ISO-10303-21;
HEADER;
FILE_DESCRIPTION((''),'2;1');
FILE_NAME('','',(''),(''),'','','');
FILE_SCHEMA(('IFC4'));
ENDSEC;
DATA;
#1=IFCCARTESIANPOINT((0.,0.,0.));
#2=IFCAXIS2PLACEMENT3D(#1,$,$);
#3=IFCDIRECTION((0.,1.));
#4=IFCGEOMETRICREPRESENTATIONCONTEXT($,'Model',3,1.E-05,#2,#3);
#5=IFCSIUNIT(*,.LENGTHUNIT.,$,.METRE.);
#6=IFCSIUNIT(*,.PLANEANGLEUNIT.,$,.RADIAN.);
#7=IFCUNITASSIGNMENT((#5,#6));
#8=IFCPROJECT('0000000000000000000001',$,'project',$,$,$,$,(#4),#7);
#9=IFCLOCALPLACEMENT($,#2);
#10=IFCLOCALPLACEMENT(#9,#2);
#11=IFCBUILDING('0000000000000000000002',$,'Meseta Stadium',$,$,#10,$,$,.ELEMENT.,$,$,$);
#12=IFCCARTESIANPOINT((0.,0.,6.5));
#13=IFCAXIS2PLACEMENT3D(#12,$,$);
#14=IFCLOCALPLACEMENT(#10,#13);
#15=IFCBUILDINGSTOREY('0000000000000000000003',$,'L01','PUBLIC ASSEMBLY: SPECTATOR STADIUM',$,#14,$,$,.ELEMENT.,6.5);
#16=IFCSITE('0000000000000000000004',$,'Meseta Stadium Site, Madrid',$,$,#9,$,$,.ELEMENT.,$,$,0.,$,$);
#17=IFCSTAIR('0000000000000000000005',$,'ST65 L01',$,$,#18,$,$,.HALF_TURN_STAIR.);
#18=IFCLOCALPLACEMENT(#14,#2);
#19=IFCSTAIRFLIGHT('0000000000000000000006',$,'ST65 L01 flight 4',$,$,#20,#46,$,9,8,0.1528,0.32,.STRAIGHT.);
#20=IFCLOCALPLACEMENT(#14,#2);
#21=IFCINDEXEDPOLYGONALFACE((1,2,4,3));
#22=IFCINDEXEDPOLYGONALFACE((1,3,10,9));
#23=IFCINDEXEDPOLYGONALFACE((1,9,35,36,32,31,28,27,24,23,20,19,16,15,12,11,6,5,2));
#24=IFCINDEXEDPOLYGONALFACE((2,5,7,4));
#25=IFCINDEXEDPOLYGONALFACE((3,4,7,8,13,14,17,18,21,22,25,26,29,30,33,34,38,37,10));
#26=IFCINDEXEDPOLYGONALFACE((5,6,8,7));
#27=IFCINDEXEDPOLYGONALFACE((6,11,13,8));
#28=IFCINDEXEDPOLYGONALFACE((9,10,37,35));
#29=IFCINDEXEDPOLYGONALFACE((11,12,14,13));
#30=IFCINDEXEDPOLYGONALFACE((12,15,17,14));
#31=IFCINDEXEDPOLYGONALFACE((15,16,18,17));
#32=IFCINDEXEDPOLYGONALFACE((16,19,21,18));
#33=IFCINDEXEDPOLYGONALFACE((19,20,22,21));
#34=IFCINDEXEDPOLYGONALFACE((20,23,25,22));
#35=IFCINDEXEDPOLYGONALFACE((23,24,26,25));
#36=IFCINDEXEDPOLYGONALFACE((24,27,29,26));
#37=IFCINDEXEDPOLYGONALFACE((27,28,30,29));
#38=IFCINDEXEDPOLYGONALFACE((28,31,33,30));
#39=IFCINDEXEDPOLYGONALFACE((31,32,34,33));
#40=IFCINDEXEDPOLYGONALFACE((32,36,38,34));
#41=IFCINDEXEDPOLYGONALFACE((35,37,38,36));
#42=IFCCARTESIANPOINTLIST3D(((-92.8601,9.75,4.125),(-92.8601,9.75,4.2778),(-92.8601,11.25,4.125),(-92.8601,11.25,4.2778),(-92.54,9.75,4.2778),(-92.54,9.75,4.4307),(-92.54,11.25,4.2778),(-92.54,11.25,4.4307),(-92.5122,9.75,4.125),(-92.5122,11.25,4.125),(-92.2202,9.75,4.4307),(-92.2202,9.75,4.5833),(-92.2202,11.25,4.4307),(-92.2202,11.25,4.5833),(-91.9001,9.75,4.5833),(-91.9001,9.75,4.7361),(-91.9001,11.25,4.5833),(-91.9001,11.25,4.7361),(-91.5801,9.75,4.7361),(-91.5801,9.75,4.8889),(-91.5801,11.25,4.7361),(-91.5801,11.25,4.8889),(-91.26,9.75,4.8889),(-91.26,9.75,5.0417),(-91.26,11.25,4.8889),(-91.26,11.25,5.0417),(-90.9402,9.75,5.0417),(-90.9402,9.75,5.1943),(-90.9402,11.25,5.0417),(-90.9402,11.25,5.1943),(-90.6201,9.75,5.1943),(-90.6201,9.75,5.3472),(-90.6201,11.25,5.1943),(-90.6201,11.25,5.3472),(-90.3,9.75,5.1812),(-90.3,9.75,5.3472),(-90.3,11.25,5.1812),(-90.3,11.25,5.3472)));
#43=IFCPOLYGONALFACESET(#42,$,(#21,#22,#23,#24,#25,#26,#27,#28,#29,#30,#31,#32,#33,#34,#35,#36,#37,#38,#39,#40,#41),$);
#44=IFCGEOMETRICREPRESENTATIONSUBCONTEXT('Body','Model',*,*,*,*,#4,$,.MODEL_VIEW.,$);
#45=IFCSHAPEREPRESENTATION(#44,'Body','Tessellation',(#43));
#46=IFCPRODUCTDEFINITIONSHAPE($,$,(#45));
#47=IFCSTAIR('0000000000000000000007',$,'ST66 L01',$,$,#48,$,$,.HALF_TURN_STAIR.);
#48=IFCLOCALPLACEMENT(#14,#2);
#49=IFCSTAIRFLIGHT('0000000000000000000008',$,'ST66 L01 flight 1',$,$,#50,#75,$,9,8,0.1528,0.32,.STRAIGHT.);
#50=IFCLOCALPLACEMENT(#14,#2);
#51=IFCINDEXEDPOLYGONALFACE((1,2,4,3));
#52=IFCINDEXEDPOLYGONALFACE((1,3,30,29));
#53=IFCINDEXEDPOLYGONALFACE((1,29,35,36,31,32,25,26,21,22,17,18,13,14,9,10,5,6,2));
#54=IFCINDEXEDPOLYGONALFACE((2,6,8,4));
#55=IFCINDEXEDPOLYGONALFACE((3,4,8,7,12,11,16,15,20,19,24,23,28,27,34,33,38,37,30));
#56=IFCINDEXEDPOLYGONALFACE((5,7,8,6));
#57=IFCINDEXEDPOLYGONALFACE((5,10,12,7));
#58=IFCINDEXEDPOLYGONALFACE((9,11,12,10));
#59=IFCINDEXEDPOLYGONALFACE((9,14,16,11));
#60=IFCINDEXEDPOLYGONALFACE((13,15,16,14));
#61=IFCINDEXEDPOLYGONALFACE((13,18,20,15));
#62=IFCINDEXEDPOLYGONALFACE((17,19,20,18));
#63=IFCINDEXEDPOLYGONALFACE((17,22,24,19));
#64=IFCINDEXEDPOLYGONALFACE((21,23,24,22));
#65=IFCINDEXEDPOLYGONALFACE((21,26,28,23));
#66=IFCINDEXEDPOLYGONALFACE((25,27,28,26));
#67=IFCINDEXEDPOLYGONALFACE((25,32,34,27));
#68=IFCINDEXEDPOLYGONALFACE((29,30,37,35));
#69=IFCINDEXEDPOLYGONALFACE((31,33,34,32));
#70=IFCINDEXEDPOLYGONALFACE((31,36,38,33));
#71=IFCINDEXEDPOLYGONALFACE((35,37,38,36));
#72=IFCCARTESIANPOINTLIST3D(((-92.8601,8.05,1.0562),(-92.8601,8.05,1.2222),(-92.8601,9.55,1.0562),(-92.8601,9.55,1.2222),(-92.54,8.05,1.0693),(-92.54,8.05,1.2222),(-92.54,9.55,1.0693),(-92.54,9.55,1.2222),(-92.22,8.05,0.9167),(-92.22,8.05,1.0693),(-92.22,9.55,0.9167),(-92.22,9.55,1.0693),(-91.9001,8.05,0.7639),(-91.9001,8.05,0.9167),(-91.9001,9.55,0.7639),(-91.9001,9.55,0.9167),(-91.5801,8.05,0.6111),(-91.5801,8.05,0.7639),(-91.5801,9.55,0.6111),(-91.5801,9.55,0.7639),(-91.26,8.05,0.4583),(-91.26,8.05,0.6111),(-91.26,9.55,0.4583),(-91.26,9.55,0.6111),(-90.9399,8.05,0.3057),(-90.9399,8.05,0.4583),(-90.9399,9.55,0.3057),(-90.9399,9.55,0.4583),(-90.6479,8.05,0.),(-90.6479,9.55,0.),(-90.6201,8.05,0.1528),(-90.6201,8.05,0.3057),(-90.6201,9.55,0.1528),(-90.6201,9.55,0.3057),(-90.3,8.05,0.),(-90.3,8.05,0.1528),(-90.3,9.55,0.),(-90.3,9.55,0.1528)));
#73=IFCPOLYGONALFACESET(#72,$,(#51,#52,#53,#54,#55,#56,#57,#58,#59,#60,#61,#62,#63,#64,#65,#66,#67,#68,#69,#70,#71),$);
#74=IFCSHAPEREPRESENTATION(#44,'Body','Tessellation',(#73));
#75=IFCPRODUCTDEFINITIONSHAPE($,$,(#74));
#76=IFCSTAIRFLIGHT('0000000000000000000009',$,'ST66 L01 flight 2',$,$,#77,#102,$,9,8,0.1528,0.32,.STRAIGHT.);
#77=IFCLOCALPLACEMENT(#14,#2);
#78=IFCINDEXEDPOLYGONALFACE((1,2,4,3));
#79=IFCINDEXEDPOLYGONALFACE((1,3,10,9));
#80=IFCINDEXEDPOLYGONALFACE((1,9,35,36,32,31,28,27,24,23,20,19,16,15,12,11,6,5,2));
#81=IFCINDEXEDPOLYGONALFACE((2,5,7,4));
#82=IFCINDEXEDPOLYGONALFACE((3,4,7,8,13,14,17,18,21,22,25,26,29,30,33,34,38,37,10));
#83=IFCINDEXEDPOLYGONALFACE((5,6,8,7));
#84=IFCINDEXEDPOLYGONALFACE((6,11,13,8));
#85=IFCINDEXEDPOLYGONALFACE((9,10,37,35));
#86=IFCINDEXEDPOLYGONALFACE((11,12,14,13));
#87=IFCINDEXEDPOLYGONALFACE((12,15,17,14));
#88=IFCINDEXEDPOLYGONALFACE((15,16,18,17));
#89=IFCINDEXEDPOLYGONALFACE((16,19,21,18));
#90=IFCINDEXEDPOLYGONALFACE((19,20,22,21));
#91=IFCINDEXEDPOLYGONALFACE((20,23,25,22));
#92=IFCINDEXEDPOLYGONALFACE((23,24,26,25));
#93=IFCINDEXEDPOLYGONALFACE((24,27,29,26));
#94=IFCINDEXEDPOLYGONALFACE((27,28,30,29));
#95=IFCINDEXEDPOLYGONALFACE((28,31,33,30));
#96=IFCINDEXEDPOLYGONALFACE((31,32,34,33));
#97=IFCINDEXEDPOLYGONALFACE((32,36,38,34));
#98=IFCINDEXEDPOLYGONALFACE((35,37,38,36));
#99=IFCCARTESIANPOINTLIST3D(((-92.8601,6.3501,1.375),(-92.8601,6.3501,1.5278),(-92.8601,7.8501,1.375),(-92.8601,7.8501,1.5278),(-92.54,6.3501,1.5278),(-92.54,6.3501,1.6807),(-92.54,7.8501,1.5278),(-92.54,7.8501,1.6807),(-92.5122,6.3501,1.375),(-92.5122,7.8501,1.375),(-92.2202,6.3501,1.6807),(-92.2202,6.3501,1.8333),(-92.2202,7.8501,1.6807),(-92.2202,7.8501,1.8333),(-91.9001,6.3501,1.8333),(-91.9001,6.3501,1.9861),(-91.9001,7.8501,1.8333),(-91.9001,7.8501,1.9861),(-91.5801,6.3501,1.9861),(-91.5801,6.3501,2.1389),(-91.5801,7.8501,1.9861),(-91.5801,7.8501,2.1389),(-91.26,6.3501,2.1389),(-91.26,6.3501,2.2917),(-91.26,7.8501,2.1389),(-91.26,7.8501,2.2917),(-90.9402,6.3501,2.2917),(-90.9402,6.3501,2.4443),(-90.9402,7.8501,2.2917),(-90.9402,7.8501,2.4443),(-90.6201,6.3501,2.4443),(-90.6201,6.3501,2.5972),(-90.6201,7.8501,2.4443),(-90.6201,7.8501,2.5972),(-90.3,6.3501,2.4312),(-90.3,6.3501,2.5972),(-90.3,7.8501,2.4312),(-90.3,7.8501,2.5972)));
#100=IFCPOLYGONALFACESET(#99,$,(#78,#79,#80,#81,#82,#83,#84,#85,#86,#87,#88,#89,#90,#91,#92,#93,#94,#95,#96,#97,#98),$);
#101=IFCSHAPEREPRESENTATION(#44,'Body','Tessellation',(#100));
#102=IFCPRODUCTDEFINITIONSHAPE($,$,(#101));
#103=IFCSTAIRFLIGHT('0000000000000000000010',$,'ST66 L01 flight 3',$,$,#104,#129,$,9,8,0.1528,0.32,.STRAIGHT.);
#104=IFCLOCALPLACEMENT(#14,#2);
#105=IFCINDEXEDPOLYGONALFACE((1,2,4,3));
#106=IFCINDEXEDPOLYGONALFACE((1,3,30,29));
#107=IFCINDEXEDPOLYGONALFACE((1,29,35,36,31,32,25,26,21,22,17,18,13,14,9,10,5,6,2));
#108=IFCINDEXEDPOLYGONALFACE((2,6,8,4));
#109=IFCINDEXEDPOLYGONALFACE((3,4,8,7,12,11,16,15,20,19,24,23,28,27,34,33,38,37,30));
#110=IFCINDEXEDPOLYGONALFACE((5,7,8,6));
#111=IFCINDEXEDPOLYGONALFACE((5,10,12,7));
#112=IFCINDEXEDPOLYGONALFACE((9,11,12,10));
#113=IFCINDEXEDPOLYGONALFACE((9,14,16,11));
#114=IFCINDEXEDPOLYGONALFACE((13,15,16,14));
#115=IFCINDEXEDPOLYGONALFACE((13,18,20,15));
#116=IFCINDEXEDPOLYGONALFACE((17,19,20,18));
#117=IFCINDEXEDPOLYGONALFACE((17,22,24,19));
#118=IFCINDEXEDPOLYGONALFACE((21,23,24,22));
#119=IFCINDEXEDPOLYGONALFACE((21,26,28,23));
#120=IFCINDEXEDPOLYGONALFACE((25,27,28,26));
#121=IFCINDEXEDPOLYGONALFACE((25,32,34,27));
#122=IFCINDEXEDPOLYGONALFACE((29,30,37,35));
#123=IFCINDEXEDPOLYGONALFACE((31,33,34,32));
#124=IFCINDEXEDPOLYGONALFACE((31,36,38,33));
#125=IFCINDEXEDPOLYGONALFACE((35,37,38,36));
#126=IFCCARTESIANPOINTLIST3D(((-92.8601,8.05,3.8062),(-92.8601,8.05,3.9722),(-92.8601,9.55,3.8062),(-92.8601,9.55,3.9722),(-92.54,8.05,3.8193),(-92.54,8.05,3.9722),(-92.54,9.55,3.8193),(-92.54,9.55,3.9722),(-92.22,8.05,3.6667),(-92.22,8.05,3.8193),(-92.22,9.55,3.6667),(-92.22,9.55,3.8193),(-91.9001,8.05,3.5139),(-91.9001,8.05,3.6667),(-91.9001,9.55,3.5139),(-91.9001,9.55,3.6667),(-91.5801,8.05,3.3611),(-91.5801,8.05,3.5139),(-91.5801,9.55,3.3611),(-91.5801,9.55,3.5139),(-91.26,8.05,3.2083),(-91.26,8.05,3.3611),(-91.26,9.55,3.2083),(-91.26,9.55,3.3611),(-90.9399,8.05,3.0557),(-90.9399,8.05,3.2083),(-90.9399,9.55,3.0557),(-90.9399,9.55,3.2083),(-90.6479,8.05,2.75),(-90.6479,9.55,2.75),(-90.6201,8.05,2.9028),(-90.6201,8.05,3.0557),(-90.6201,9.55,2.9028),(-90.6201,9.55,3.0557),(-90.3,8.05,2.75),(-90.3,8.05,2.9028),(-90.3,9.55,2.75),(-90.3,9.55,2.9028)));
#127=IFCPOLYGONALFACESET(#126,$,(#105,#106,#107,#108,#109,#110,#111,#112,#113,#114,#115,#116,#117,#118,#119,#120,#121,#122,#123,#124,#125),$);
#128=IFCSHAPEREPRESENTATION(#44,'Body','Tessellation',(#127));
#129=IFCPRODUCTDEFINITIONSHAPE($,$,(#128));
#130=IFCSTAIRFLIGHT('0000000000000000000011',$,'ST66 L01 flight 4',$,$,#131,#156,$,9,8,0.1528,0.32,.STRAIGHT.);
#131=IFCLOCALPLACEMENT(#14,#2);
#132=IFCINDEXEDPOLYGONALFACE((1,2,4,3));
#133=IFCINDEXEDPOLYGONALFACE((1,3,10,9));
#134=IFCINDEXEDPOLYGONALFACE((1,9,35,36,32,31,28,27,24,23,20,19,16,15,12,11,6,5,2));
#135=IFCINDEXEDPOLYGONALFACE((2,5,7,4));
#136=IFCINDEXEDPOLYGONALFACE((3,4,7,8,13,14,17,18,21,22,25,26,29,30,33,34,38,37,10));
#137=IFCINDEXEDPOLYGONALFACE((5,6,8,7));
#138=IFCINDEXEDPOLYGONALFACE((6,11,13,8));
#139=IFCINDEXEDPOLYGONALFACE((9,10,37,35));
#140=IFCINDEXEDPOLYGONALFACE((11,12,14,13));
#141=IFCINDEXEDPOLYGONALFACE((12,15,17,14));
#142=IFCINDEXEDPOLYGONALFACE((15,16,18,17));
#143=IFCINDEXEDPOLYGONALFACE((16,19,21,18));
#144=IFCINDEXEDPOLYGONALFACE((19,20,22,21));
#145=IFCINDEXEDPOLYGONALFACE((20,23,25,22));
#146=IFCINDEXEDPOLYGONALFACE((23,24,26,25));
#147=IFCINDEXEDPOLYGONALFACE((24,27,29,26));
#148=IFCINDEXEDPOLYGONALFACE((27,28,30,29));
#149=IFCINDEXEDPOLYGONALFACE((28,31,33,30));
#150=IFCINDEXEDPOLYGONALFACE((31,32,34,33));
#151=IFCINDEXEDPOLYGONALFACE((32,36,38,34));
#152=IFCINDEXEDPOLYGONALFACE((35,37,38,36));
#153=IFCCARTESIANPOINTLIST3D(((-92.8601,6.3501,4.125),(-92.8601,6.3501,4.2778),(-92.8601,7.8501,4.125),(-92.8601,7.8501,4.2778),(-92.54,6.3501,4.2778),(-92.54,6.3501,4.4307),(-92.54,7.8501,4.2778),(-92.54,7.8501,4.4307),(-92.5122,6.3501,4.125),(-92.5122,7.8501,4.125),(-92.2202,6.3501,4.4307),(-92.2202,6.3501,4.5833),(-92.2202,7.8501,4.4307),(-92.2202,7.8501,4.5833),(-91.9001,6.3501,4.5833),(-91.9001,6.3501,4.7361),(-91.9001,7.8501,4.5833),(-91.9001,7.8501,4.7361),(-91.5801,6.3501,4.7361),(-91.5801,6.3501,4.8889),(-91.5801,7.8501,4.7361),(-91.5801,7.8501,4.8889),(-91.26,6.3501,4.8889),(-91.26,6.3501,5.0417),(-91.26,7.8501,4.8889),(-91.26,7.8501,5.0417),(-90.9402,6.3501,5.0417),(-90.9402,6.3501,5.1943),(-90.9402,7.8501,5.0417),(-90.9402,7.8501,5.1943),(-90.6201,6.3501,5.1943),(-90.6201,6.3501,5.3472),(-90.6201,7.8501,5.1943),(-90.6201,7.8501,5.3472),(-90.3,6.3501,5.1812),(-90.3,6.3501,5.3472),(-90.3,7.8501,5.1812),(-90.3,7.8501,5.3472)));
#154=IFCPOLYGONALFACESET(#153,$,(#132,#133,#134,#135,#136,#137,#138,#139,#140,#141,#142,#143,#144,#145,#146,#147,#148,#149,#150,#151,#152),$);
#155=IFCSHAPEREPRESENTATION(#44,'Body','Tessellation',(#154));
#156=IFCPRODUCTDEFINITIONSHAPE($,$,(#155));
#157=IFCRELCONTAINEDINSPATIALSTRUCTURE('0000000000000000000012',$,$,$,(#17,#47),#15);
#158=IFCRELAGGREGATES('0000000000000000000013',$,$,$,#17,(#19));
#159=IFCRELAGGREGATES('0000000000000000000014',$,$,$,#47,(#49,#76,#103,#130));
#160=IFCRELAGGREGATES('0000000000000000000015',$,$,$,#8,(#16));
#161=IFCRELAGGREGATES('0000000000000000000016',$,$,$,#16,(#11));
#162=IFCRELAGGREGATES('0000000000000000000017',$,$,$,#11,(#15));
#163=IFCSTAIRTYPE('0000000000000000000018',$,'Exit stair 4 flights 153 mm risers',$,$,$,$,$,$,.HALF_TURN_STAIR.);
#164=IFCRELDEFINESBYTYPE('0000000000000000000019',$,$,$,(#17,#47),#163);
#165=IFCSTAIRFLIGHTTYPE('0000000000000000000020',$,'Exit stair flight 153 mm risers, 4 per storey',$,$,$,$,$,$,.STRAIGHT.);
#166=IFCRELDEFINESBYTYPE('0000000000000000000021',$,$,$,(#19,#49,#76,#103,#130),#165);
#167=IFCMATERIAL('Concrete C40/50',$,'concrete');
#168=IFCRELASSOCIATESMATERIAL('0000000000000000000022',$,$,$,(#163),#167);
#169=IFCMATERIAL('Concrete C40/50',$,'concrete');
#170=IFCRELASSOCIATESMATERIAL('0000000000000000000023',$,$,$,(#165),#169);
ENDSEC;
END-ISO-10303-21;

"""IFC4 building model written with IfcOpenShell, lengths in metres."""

from ifc_helpers import new_model, si_unit, direction, frame, origin, place, context, subcontext, project, spatial, polyline, outline, extrude, material, type_object, element, aggregate, save


model = new_model("IFC4")

# Units and contexts
model_context = context("Model", 3, precision=1e-05, world=origin(), true_north=direction((0.0, 1.0)))
body_context = subcontext(model_context, "Body", "Model", "MODEL_VIEW")
ifc_project = project(units=[si_unit("LENGTHUNIT", "METRE"), si_unit("PLANEANGLEUNIT", "RADIAN")], contexts=[model_context])

# Site, building, storey
site_placement = place(None, origin())
site = spatial("IfcSite", under=ifc_project, at=site_placement, Name="Meseta Stadium Site, Madrid", CompositionType="ELEMENT", RefElevation=0.0)
building_placement = place(site_placement, origin())
building = spatial("IfcBuilding", under=site, at=building_placement, Name="Meseta Stadium", CompositionType="ELEMENT")
storey_placement = place(building_placement, frame((0.0, 0.0, 6.5)))
storey = spatial("IfcBuildingStorey", under=building, at=storey_placement, Name="L01", Description="PUBLIC ASSEMBLY: SPECTATOR STADIUM", CompositionType="ELEMENT", Elevation=6.5)

# Stairs, stair flights
ifc_material_1 = material(Name="Concrete C40/50", Category="concrete")
stair_type = type_object("IfcStairType", Name="Exit stair 4 flights 153 mm risers", PredefinedType="HALF_TURN_STAIR", material=ifc_material_1)
stair_1_placement = place(storey_placement, origin())
stair_1 = element("IfcStair", 1, at=stair_1_placement, inside=storey, type_object=stair_type, Name="ST65 L01", PredefinedType="HALF_TURN_STAIR")
ifc_material_2 = material(Name="Concrete C40/50", Category="concrete")
stair_flight_type = type_object("IfcStairFlightType", Name="Exit stair flight 153 mm risers, 4 per storey", PredefinedType="STRAIGHT", material=ifc_material_2)
stair_flight_1_placement = place(storey_placement, frame((-92.8601, 10.5, 4.125), z_axis=(0.0, 0.0, 1.0), x_axis=(1.0, 0.0, 0.0)))
stair_flight_1 = element("IfcStairFlight", 2, at=stair_flight_1_placement, type_object=stair_flight_type, Name="ST65 L01 flight 4", NumberOfRisers=9, NumberOfTreads=8, PredefinedType="STRAIGHT", RiserHeight=0.1528, TreadLength=0.32, context=body_context, shape_type="SweptSolid", body=[
    extrude(outline(polyline([(0.0, 0.0), (0.0, 0.1528), (0.3201, 0.1528), (0.3201, 0.3057), (0.6399, 0.3057), (0.6399, 0.4583), (0.96, 0.4583), (0.96, 0.6111), (1.28, 0.6111), (1.28, 0.7639), (1.6001, 0.7639), (1.6001, 0.9167), (1.9199, 0.9167), (1.9199, 1.0693), (2.24, 1.0693), (2.24, 1.2222), (2.5601, 1.2222), (2.5601, 1.0562), (0.3479, 0.0), (0.0, 0.0)])), frame((0.0, 0.75, 0.0), z_axis=(0.0, -1.0, 0.0), x_axis=(1.0, 0.0, 0.0)), (0.0, 0.0, 1.0), 1.5),
])
aggregate(stair_1, [stair_flight_1])
stair_2_placement = place(storey_placement, origin())
stair_2 = element("IfcStair", 3, at=stair_2_placement, inside=storey, type_object=stair_type, Name="ST66 L01", PredefinedType="HALF_TURN_STAIR")
stair_flight_2_placement = place(storey_placement, frame((-90.3, 8.8, 0.0), z_axis=(0.0, 0.0, 1.0), x_axis=(-1.0, 0.0, 0.0)))
stair_flight_2 = element("IfcStairFlight", 4, at=stair_flight_2_placement, type_object=stair_flight_type, Name="ST66 L01 flight 1", NumberOfRisers=9, NumberOfTreads=8, PredefinedType="STRAIGHT", RiserHeight=0.1528, TreadLength=0.32, context=body_context, shape_type="SweptSolid", body=[
    extrude(outline(polyline([(0.0, 0.0), (0.0, 0.1528), (0.3201, 0.1528), (0.3201, 0.3057), (0.6399, 0.3057), (0.6399, 0.4583), (0.96, 0.4583), (0.96, 0.6111), (1.28, 0.6111), (1.28, 0.7639), (1.6001, 0.7639), (1.6001, 0.9167), (1.9199, 0.9167), (1.9199, 1.0693), (2.24, 1.0693), (2.24, 1.2222), (2.5601, 1.2222), (2.5601, 1.0562), (0.3479, 0.0), (0.0, 0.0)])), frame((0.0, 0.75, 0.0), z_axis=(0.0, -1.0, 0.0), x_axis=(1.0, 0.0, 0.0)), (0.0, 0.0, 1.0), 1.5),
])
stair_flight_3_placement = place(storey_placement, frame((-92.8601, 7.1001, 1.375), z_axis=(0.0, 0.0, 1.0), x_axis=(1.0, 0.0, 0.0)))
stair_flight_3 = element("IfcStairFlight", 5, at=stair_flight_3_placement, type_object=stair_flight_type, Name="ST66 L01 flight 2", NumberOfRisers=9, NumberOfTreads=8, PredefinedType="STRAIGHT", RiserHeight=0.1528, TreadLength=0.32, context=body_context, shape_type="SweptSolid", body=[
    extrude(outline(polyline([(0.0, 0.0), (0.0, 0.1528), (0.3201, 0.1528), (0.3201, 0.3057), (0.6399, 0.3057), (0.6399, 0.4583), (0.96, 0.4583), (0.96, 0.6111), (1.28, 0.6111), (1.28, 0.7639), (1.6001, 0.7639), (1.6001, 0.9167), (1.9199, 0.9167), (1.9199, 1.0693), (2.24, 1.0693), (2.24, 1.2222), (2.5601, 1.2222), (2.5601, 1.0562), (0.3479, 0.0), (0.0, 0.0)])), frame((0.0, 0.75, 0.0), z_axis=(0.0, -1.0, 0.0), x_axis=(1.0, 0.0, 0.0)), (0.0, 0.0, 1.0), 1.5),
])
stair_flight_4_placement = place(storey_placement, frame((-90.3, 8.8, 2.75), z_axis=(0.0, 0.0, 1.0), x_axis=(-1.0, 0.0, 0.0)))
stair_flight_4 = element("IfcStairFlight", 6, at=stair_flight_4_placement, type_object=stair_flight_type, Name="ST66 L01 flight 3", NumberOfRisers=9, NumberOfTreads=8, PredefinedType="STRAIGHT", RiserHeight=0.1528, TreadLength=0.32, context=body_context, shape_type="SweptSolid", body=[
    extrude(outline(polyline([(0.0, 0.0), (0.0, 0.1528), (0.3201, 0.1528), (0.3201, 0.3057), (0.6399, 0.3057), (0.6399, 0.4583), (0.96, 0.4583), (0.96, 0.6111), (1.28, 0.6111), (1.28, 0.7639), (1.6001, 0.7639), (1.6001, 0.9167), (1.9199, 0.9167), (1.9199, 1.0693), (2.24, 1.0693), (2.24, 1.2222), (2.5601, 1.2222), (2.5601, 1.0562), (0.3479, 0.0), (0.0, 0.0)])), frame((0.0, 0.75, 0.0), z_axis=(0.0, -1.0, 0.0), x_axis=(1.0, 0.0, 0.0)), (0.0, 0.0, 1.0), 1.5),
])
stair_flight_5_placement = place(storey_placement, frame((-92.8601, 7.1001, 4.125), z_axis=(0.0, 0.0, 1.0), x_axis=(1.0, 0.0, 0.0)))
stair_flight_5 = element("IfcStairFlight", 7, at=stair_flight_5_placement, type_object=stair_flight_type, Name="ST66 L01 flight 4", NumberOfRisers=9, NumberOfTreads=8, PredefinedType="STRAIGHT", RiserHeight=0.1528, TreadLength=0.32, context=body_context, shape_type="SweptSolid", body=[
    extrude(outline(polyline([(0.0, 0.0), (0.0, 0.1528), (0.3201, 0.1528), (0.3201, 0.3057), (0.6399, 0.3057), (0.6399, 0.4583), (0.96, 0.4583), (0.96, 0.6111), (1.28, 0.6111), (1.28, 0.7639), (1.6001, 0.7639), (1.6001, 0.9167), (1.9199, 0.9167), (1.9199, 1.0693), (2.24, 1.0693), (2.24, 1.2222), (2.5601, 1.2222), (2.5601, 1.0562), (0.3479, 0.0), (0.0, 0.0)])), frame((0.0, 0.75, 0.0), z_axis=(0.0, -1.0, 0.0), x_axis=(1.0, 0.0, 0.0)), (0.0, 0.0, 1.0), 1.5),
])
aggregate(stair_2, [stair_flight_2, stair_flight_3, stair_flight_4, stair_flight_5])

save(model, "model.ifc")
